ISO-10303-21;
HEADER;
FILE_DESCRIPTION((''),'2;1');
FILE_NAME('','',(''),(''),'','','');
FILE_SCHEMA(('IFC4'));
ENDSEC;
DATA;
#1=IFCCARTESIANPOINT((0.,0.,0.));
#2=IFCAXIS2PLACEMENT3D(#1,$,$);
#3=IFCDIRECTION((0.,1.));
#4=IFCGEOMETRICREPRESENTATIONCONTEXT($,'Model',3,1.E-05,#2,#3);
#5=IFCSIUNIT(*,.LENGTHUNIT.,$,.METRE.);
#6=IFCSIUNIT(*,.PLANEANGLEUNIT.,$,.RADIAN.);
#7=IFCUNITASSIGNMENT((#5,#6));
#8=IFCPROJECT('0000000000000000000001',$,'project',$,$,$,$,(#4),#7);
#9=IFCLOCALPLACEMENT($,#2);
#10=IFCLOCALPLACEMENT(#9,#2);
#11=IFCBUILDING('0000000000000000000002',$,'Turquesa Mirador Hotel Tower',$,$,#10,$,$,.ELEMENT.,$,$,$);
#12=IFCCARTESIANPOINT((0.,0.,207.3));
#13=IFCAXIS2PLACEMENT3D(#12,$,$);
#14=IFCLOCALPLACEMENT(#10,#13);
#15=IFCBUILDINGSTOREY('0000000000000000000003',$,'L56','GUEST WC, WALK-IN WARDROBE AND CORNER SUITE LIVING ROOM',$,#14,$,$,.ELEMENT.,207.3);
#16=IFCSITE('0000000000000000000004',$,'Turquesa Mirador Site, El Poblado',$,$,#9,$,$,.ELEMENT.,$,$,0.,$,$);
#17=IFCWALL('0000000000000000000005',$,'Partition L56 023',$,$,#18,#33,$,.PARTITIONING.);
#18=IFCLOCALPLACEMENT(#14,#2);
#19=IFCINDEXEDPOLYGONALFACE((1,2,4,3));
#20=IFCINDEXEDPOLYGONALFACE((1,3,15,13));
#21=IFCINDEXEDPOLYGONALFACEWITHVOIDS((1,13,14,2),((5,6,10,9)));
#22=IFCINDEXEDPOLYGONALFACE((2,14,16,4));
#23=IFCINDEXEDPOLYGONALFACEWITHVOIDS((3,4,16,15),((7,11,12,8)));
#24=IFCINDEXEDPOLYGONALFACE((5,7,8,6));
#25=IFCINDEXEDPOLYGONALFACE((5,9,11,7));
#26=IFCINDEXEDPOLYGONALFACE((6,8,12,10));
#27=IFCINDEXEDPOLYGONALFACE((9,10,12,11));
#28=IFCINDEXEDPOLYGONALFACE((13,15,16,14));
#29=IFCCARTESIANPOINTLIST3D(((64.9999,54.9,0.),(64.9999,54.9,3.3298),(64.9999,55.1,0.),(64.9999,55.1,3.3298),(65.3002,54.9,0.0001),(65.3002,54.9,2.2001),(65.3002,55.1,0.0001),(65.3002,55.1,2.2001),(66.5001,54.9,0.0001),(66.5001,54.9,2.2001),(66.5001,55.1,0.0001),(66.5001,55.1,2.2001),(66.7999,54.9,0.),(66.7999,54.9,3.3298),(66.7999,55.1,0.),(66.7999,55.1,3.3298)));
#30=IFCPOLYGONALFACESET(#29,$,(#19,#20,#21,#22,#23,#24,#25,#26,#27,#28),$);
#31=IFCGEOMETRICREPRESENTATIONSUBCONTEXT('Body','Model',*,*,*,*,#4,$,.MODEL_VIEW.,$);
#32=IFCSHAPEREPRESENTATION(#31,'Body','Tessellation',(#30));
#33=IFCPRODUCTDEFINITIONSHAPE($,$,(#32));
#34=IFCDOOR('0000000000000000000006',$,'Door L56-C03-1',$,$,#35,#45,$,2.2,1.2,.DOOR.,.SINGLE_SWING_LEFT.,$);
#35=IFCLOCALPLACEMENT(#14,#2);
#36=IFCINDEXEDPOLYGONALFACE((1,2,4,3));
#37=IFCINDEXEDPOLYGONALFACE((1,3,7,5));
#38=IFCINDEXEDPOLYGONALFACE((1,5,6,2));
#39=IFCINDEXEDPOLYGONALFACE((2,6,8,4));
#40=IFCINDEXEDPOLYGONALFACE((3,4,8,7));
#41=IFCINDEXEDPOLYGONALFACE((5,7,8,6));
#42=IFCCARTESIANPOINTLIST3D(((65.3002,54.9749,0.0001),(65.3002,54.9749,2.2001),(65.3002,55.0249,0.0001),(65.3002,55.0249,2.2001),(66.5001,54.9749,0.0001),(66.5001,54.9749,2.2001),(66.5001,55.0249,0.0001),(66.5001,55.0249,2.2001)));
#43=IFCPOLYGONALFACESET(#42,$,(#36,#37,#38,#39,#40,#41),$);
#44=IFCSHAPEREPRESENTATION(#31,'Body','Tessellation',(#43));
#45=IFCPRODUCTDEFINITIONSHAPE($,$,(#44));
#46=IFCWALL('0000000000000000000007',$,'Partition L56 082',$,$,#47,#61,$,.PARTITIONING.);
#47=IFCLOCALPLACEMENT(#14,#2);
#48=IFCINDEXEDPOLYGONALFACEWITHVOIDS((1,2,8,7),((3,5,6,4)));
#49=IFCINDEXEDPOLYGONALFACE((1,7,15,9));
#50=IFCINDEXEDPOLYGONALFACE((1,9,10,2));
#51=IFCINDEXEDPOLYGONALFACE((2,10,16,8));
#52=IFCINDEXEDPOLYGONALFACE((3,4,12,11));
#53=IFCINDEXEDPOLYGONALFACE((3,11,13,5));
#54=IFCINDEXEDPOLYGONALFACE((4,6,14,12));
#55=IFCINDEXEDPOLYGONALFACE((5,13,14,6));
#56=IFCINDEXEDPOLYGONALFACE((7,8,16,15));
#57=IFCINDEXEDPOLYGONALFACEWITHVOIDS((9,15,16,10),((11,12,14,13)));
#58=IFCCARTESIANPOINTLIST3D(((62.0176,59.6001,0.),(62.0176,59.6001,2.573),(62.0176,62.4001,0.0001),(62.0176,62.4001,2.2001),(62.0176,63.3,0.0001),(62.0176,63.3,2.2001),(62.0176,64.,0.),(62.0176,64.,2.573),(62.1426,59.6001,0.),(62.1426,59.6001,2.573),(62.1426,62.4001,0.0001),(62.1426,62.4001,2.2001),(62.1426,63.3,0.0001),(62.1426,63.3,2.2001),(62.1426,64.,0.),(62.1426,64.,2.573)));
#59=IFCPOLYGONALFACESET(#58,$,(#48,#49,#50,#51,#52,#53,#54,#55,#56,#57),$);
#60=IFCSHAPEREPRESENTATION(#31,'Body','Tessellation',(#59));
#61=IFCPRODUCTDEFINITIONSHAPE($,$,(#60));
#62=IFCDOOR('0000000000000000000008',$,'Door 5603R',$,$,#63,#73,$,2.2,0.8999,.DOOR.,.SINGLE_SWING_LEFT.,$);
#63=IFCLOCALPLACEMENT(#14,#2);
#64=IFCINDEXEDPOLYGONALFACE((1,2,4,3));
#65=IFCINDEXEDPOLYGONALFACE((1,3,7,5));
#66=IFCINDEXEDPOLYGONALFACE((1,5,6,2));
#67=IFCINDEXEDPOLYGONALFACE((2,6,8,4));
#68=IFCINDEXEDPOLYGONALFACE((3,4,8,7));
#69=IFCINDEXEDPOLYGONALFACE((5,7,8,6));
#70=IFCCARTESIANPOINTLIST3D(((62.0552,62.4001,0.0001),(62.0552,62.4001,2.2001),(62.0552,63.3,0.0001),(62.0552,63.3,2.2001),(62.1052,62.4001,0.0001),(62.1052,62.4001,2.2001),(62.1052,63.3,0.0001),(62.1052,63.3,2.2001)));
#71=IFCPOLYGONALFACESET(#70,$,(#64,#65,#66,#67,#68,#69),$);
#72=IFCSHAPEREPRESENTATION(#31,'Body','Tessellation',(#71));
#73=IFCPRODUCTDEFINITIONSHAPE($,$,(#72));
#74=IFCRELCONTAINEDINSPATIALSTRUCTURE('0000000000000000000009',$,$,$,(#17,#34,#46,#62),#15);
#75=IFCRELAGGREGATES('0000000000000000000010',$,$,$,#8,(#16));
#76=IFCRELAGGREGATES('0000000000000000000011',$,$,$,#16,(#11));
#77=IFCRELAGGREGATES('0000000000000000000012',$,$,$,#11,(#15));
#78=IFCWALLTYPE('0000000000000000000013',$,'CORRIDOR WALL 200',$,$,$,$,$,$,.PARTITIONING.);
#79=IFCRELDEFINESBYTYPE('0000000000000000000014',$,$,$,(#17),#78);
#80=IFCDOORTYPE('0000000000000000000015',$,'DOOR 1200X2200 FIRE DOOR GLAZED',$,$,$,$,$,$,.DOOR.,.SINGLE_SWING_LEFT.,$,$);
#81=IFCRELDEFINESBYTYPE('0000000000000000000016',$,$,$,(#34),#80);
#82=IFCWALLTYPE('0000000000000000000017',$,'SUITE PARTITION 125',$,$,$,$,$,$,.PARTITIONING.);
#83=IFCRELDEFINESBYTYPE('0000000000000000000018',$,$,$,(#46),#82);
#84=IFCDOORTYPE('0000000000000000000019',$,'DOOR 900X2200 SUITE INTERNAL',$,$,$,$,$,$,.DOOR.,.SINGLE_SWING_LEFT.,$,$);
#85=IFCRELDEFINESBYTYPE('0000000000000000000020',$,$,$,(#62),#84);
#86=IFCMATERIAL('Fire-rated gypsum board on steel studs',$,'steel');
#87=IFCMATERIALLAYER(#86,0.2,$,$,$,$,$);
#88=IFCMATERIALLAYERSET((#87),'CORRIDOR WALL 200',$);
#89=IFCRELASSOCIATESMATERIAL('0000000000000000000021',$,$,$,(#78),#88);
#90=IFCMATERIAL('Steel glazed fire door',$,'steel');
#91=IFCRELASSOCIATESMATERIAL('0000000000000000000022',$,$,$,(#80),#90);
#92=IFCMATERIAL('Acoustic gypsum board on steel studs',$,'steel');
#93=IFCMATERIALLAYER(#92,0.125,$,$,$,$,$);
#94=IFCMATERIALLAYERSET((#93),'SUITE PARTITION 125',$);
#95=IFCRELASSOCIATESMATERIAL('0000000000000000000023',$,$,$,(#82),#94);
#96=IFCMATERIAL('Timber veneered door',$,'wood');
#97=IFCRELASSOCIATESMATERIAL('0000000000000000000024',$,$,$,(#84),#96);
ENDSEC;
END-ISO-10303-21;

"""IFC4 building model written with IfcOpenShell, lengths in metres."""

from ifc_helpers import new_model, si_unit, direction, frame, frame_2d, origin, place, context, subcontext, project, spatial, rectangle, extrude, material, layer, layer_set, type_object, element, fill, save


model = new_model("IFC4")

# Units and contexts
model_context = context("Model", 3, precision=1e-05, world=origin(), true_north=direction((0.0, 1.0)))
body_context = subcontext(model_context, "Body", "Model", "MODEL_VIEW")
ifc_project = project(units=[si_unit("LENGTHUNIT", "METRE"), si_unit("PLANEANGLEUNIT", "RADIAN")], contexts=[model_context])

# Site, building, storey
site_placement = place(None, origin())
site = spatial("IfcSite", under=ifc_project, at=site_placement, Name="Turquesa Mirador Site, El Poblado", CompositionType="ELEMENT", RefElevation=0.0)
building_placement = place(site_placement, origin())
building = spatial("IfcBuilding", under=site, at=building_placement, Name="Turquesa Mirador Hotel Tower", CompositionType="ELEMENT")
storey_placement = place(building_placement, frame((0.0, 0.0, 207.3)))
storey = spatial("IfcBuildingStorey", under=building, at=storey_placement, Name="L56", Description="GUEST WC, WALK-IN WARDROBE AND CORNER SUITE LIVING ROOM", CompositionType="ELEMENT", Elevation=207.3)

# Walls, openings, doors
ifc_material_1 = material(Name="Fire-rated gypsum board on steel studs", Category="steel")
ifc_layer_1 = layer(ifc_material_1, 0.2)
ifc_layer_set_1 = layer_set([ifc_layer_1], Name="CORRIDOR WALL 200")
wall_type_1 = type_object("IfcWallType", Name="CORRIDOR WALL 200", PredefinedType="PARTITIONING", material=ifc_layer_set_1)
wall_1_placement = place(storey_placement, frame((65.0, 55.0, 0.0), z_axis=(0.0, 0.0, 1.0), x_axis=(1.0, 0.0, 0.0)))
wall_1 = element("IfcWall", 1, at=wall_1_placement, inside=storey, type_object=wall_type_1, Name="Partition L56 023", PredefinedType="PARTITIONING", context=body_context, shape_type="SweptSolid", body=[
    extrude(rectangle(XDim=1.8, YDim=0.2, at=frame_2d((0.8999, 0.0))), origin(), (0.0, 0.0, 1.0), 3.3298),
])
opening_1_placement = place(wall_1_placement, frame((0.3, 0.0, 0.0)))
opening_1 = element("IfcOpeningElement", 2, at=opening_1_placement, cuts=wall_1, PredefinedType="OPENING", context=body_context, shape_type="SweptSolid", body=[
    extrude(rectangle(XDim=1.2, YDim=2.2, at=frame_2d((0.6001, 1.1001))), frame((0.0, 0.1099, 0.0), z_axis=(0.0, -1.0, 0.0), x_axis=(1.0, 0.0, 0.0)), (0.0, 0.0, 1.0), 0.22),
])
ifc_material_2 = material(Name="Steel glazed fire door", Category="steel")
door_type_1 = type_object("IfcDoorType", Name="DOOR 1200X2200 FIRE DOOR GLAZED", OperationType="SINGLE_SWING_LEFT", PredefinedType="DOOR", material=ifc_material_2)
door_1_placement = place(opening_1_placement, origin())
door_1 = element("IfcDoor", 3, at=door_1_placement, inside=storey, type_object=door_type_1, Name="Door L56-C03-1", OperationType="SINGLE_SWING_LEFT", OverallHeight=2.2, OverallWidth=1.2, PredefinedType="DOOR", context=body_context, shape_type="SweptSolid", body=[
    extrude(rectangle(XDim=1.2, YDim=2.2, at=frame_2d((0.6001, 1.1001))), frame((0.0, 0.0249, 0.0), z_axis=(0.0, -1.0, 0.0), x_axis=(1.0, 0.0, 0.0)), (0.0, 0.0, 1.0), 0.05),
])
fill(opening_1, door_1)
ifc_material_3 = material(Name="Acoustic gypsum board on steel studs", Category="steel")
ifc_layer_2 = layer(ifc_material_3, 0.125)
ifc_layer_set_2 = layer_set([ifc_layer_2], Name="SUITE PARTITION 125")
wall_type_2 = type_object("IfcWallType", Name="SUITE PARTITION 125", PredefinedType="PARTITIONING", material=ifc_layer_set_2)
wall_2_placement = place(storey_placement, frame((62.0801, 59.6001, 0.0), z_axis=(0.0, 0.0, 1.0), x_axis=(0.0, 1.0, 0.0)))
wall_2 = element("IfcWall", 4, at=wall_2_placement, inside=storey, type_object=wall_type_2, Name="Partition L56 082", PredefinedType="PARTITIONING", context=body_context, shape_type="SweptSolid", body=[
    extrude(rectangle(XDim=4.3999, YDim=0.125, at=frame_2d((2.2, 0.0))), origin(), (0.0, 0.0, 1.0), 2.573),
])
opening_2_placement = place(wall_2_placement, frame((2.8, 0.0, 0.0)))
opening_2 = element("IfcOpeningElement", 5, at=opening_2_placement, cuts=wall_2, PredefinedType="OPENING", context=body_context, shape_type="SweptSolid", body=[
    extrude(rectangle(XDim=0.8999, YDim=2.2, at=frame_2d((0.45, 1.1001))), frame((0.0, 0.0725, 0.0), z_axis=(0.0, -1.0, 0.0), x_axis=(1.0, 0.0, 0.0)), (0.0, 0.0, 1.0), 0.145),
])
ifc_material_4 = material(Name="Timber veneered door", Category="wood")
door_type_2 = type_object("IfcDoorType", Name="DOOR 900X2200 SUITE INTERNAL", OperationType="SINGLE_SWING_LEFT", PredefinedType="DOOR", material=ifc_material_4)
door_2_placement = place(opening_2_placement, origin())
door_2 = element("IfcDoor", 6, at=door_2_placement, inside=storey, type_object=door_type_2, Name="Door 5603R", OperationType="SINGLE_SWING_LEFT", OverallHeight=2.2, OverallWidth=0.8999, PredefinedType="DOOR", context=body_context, shape_type="SweptSolid", body=[
    extrude(rectangle(XDim=0.8999, YDim=2.2, at=frame_2d((0.45, 1.1001))), frame((0.0, 0.0249, 0.0), z_axis=(0.0, -1.0, 0.0), x_axis=(1.0, 0.0, 0.0)), (0.0, 0.0, 1.0), 0.05),
])
fill(opening_2, door_2)

save(model, "model.ifc")
